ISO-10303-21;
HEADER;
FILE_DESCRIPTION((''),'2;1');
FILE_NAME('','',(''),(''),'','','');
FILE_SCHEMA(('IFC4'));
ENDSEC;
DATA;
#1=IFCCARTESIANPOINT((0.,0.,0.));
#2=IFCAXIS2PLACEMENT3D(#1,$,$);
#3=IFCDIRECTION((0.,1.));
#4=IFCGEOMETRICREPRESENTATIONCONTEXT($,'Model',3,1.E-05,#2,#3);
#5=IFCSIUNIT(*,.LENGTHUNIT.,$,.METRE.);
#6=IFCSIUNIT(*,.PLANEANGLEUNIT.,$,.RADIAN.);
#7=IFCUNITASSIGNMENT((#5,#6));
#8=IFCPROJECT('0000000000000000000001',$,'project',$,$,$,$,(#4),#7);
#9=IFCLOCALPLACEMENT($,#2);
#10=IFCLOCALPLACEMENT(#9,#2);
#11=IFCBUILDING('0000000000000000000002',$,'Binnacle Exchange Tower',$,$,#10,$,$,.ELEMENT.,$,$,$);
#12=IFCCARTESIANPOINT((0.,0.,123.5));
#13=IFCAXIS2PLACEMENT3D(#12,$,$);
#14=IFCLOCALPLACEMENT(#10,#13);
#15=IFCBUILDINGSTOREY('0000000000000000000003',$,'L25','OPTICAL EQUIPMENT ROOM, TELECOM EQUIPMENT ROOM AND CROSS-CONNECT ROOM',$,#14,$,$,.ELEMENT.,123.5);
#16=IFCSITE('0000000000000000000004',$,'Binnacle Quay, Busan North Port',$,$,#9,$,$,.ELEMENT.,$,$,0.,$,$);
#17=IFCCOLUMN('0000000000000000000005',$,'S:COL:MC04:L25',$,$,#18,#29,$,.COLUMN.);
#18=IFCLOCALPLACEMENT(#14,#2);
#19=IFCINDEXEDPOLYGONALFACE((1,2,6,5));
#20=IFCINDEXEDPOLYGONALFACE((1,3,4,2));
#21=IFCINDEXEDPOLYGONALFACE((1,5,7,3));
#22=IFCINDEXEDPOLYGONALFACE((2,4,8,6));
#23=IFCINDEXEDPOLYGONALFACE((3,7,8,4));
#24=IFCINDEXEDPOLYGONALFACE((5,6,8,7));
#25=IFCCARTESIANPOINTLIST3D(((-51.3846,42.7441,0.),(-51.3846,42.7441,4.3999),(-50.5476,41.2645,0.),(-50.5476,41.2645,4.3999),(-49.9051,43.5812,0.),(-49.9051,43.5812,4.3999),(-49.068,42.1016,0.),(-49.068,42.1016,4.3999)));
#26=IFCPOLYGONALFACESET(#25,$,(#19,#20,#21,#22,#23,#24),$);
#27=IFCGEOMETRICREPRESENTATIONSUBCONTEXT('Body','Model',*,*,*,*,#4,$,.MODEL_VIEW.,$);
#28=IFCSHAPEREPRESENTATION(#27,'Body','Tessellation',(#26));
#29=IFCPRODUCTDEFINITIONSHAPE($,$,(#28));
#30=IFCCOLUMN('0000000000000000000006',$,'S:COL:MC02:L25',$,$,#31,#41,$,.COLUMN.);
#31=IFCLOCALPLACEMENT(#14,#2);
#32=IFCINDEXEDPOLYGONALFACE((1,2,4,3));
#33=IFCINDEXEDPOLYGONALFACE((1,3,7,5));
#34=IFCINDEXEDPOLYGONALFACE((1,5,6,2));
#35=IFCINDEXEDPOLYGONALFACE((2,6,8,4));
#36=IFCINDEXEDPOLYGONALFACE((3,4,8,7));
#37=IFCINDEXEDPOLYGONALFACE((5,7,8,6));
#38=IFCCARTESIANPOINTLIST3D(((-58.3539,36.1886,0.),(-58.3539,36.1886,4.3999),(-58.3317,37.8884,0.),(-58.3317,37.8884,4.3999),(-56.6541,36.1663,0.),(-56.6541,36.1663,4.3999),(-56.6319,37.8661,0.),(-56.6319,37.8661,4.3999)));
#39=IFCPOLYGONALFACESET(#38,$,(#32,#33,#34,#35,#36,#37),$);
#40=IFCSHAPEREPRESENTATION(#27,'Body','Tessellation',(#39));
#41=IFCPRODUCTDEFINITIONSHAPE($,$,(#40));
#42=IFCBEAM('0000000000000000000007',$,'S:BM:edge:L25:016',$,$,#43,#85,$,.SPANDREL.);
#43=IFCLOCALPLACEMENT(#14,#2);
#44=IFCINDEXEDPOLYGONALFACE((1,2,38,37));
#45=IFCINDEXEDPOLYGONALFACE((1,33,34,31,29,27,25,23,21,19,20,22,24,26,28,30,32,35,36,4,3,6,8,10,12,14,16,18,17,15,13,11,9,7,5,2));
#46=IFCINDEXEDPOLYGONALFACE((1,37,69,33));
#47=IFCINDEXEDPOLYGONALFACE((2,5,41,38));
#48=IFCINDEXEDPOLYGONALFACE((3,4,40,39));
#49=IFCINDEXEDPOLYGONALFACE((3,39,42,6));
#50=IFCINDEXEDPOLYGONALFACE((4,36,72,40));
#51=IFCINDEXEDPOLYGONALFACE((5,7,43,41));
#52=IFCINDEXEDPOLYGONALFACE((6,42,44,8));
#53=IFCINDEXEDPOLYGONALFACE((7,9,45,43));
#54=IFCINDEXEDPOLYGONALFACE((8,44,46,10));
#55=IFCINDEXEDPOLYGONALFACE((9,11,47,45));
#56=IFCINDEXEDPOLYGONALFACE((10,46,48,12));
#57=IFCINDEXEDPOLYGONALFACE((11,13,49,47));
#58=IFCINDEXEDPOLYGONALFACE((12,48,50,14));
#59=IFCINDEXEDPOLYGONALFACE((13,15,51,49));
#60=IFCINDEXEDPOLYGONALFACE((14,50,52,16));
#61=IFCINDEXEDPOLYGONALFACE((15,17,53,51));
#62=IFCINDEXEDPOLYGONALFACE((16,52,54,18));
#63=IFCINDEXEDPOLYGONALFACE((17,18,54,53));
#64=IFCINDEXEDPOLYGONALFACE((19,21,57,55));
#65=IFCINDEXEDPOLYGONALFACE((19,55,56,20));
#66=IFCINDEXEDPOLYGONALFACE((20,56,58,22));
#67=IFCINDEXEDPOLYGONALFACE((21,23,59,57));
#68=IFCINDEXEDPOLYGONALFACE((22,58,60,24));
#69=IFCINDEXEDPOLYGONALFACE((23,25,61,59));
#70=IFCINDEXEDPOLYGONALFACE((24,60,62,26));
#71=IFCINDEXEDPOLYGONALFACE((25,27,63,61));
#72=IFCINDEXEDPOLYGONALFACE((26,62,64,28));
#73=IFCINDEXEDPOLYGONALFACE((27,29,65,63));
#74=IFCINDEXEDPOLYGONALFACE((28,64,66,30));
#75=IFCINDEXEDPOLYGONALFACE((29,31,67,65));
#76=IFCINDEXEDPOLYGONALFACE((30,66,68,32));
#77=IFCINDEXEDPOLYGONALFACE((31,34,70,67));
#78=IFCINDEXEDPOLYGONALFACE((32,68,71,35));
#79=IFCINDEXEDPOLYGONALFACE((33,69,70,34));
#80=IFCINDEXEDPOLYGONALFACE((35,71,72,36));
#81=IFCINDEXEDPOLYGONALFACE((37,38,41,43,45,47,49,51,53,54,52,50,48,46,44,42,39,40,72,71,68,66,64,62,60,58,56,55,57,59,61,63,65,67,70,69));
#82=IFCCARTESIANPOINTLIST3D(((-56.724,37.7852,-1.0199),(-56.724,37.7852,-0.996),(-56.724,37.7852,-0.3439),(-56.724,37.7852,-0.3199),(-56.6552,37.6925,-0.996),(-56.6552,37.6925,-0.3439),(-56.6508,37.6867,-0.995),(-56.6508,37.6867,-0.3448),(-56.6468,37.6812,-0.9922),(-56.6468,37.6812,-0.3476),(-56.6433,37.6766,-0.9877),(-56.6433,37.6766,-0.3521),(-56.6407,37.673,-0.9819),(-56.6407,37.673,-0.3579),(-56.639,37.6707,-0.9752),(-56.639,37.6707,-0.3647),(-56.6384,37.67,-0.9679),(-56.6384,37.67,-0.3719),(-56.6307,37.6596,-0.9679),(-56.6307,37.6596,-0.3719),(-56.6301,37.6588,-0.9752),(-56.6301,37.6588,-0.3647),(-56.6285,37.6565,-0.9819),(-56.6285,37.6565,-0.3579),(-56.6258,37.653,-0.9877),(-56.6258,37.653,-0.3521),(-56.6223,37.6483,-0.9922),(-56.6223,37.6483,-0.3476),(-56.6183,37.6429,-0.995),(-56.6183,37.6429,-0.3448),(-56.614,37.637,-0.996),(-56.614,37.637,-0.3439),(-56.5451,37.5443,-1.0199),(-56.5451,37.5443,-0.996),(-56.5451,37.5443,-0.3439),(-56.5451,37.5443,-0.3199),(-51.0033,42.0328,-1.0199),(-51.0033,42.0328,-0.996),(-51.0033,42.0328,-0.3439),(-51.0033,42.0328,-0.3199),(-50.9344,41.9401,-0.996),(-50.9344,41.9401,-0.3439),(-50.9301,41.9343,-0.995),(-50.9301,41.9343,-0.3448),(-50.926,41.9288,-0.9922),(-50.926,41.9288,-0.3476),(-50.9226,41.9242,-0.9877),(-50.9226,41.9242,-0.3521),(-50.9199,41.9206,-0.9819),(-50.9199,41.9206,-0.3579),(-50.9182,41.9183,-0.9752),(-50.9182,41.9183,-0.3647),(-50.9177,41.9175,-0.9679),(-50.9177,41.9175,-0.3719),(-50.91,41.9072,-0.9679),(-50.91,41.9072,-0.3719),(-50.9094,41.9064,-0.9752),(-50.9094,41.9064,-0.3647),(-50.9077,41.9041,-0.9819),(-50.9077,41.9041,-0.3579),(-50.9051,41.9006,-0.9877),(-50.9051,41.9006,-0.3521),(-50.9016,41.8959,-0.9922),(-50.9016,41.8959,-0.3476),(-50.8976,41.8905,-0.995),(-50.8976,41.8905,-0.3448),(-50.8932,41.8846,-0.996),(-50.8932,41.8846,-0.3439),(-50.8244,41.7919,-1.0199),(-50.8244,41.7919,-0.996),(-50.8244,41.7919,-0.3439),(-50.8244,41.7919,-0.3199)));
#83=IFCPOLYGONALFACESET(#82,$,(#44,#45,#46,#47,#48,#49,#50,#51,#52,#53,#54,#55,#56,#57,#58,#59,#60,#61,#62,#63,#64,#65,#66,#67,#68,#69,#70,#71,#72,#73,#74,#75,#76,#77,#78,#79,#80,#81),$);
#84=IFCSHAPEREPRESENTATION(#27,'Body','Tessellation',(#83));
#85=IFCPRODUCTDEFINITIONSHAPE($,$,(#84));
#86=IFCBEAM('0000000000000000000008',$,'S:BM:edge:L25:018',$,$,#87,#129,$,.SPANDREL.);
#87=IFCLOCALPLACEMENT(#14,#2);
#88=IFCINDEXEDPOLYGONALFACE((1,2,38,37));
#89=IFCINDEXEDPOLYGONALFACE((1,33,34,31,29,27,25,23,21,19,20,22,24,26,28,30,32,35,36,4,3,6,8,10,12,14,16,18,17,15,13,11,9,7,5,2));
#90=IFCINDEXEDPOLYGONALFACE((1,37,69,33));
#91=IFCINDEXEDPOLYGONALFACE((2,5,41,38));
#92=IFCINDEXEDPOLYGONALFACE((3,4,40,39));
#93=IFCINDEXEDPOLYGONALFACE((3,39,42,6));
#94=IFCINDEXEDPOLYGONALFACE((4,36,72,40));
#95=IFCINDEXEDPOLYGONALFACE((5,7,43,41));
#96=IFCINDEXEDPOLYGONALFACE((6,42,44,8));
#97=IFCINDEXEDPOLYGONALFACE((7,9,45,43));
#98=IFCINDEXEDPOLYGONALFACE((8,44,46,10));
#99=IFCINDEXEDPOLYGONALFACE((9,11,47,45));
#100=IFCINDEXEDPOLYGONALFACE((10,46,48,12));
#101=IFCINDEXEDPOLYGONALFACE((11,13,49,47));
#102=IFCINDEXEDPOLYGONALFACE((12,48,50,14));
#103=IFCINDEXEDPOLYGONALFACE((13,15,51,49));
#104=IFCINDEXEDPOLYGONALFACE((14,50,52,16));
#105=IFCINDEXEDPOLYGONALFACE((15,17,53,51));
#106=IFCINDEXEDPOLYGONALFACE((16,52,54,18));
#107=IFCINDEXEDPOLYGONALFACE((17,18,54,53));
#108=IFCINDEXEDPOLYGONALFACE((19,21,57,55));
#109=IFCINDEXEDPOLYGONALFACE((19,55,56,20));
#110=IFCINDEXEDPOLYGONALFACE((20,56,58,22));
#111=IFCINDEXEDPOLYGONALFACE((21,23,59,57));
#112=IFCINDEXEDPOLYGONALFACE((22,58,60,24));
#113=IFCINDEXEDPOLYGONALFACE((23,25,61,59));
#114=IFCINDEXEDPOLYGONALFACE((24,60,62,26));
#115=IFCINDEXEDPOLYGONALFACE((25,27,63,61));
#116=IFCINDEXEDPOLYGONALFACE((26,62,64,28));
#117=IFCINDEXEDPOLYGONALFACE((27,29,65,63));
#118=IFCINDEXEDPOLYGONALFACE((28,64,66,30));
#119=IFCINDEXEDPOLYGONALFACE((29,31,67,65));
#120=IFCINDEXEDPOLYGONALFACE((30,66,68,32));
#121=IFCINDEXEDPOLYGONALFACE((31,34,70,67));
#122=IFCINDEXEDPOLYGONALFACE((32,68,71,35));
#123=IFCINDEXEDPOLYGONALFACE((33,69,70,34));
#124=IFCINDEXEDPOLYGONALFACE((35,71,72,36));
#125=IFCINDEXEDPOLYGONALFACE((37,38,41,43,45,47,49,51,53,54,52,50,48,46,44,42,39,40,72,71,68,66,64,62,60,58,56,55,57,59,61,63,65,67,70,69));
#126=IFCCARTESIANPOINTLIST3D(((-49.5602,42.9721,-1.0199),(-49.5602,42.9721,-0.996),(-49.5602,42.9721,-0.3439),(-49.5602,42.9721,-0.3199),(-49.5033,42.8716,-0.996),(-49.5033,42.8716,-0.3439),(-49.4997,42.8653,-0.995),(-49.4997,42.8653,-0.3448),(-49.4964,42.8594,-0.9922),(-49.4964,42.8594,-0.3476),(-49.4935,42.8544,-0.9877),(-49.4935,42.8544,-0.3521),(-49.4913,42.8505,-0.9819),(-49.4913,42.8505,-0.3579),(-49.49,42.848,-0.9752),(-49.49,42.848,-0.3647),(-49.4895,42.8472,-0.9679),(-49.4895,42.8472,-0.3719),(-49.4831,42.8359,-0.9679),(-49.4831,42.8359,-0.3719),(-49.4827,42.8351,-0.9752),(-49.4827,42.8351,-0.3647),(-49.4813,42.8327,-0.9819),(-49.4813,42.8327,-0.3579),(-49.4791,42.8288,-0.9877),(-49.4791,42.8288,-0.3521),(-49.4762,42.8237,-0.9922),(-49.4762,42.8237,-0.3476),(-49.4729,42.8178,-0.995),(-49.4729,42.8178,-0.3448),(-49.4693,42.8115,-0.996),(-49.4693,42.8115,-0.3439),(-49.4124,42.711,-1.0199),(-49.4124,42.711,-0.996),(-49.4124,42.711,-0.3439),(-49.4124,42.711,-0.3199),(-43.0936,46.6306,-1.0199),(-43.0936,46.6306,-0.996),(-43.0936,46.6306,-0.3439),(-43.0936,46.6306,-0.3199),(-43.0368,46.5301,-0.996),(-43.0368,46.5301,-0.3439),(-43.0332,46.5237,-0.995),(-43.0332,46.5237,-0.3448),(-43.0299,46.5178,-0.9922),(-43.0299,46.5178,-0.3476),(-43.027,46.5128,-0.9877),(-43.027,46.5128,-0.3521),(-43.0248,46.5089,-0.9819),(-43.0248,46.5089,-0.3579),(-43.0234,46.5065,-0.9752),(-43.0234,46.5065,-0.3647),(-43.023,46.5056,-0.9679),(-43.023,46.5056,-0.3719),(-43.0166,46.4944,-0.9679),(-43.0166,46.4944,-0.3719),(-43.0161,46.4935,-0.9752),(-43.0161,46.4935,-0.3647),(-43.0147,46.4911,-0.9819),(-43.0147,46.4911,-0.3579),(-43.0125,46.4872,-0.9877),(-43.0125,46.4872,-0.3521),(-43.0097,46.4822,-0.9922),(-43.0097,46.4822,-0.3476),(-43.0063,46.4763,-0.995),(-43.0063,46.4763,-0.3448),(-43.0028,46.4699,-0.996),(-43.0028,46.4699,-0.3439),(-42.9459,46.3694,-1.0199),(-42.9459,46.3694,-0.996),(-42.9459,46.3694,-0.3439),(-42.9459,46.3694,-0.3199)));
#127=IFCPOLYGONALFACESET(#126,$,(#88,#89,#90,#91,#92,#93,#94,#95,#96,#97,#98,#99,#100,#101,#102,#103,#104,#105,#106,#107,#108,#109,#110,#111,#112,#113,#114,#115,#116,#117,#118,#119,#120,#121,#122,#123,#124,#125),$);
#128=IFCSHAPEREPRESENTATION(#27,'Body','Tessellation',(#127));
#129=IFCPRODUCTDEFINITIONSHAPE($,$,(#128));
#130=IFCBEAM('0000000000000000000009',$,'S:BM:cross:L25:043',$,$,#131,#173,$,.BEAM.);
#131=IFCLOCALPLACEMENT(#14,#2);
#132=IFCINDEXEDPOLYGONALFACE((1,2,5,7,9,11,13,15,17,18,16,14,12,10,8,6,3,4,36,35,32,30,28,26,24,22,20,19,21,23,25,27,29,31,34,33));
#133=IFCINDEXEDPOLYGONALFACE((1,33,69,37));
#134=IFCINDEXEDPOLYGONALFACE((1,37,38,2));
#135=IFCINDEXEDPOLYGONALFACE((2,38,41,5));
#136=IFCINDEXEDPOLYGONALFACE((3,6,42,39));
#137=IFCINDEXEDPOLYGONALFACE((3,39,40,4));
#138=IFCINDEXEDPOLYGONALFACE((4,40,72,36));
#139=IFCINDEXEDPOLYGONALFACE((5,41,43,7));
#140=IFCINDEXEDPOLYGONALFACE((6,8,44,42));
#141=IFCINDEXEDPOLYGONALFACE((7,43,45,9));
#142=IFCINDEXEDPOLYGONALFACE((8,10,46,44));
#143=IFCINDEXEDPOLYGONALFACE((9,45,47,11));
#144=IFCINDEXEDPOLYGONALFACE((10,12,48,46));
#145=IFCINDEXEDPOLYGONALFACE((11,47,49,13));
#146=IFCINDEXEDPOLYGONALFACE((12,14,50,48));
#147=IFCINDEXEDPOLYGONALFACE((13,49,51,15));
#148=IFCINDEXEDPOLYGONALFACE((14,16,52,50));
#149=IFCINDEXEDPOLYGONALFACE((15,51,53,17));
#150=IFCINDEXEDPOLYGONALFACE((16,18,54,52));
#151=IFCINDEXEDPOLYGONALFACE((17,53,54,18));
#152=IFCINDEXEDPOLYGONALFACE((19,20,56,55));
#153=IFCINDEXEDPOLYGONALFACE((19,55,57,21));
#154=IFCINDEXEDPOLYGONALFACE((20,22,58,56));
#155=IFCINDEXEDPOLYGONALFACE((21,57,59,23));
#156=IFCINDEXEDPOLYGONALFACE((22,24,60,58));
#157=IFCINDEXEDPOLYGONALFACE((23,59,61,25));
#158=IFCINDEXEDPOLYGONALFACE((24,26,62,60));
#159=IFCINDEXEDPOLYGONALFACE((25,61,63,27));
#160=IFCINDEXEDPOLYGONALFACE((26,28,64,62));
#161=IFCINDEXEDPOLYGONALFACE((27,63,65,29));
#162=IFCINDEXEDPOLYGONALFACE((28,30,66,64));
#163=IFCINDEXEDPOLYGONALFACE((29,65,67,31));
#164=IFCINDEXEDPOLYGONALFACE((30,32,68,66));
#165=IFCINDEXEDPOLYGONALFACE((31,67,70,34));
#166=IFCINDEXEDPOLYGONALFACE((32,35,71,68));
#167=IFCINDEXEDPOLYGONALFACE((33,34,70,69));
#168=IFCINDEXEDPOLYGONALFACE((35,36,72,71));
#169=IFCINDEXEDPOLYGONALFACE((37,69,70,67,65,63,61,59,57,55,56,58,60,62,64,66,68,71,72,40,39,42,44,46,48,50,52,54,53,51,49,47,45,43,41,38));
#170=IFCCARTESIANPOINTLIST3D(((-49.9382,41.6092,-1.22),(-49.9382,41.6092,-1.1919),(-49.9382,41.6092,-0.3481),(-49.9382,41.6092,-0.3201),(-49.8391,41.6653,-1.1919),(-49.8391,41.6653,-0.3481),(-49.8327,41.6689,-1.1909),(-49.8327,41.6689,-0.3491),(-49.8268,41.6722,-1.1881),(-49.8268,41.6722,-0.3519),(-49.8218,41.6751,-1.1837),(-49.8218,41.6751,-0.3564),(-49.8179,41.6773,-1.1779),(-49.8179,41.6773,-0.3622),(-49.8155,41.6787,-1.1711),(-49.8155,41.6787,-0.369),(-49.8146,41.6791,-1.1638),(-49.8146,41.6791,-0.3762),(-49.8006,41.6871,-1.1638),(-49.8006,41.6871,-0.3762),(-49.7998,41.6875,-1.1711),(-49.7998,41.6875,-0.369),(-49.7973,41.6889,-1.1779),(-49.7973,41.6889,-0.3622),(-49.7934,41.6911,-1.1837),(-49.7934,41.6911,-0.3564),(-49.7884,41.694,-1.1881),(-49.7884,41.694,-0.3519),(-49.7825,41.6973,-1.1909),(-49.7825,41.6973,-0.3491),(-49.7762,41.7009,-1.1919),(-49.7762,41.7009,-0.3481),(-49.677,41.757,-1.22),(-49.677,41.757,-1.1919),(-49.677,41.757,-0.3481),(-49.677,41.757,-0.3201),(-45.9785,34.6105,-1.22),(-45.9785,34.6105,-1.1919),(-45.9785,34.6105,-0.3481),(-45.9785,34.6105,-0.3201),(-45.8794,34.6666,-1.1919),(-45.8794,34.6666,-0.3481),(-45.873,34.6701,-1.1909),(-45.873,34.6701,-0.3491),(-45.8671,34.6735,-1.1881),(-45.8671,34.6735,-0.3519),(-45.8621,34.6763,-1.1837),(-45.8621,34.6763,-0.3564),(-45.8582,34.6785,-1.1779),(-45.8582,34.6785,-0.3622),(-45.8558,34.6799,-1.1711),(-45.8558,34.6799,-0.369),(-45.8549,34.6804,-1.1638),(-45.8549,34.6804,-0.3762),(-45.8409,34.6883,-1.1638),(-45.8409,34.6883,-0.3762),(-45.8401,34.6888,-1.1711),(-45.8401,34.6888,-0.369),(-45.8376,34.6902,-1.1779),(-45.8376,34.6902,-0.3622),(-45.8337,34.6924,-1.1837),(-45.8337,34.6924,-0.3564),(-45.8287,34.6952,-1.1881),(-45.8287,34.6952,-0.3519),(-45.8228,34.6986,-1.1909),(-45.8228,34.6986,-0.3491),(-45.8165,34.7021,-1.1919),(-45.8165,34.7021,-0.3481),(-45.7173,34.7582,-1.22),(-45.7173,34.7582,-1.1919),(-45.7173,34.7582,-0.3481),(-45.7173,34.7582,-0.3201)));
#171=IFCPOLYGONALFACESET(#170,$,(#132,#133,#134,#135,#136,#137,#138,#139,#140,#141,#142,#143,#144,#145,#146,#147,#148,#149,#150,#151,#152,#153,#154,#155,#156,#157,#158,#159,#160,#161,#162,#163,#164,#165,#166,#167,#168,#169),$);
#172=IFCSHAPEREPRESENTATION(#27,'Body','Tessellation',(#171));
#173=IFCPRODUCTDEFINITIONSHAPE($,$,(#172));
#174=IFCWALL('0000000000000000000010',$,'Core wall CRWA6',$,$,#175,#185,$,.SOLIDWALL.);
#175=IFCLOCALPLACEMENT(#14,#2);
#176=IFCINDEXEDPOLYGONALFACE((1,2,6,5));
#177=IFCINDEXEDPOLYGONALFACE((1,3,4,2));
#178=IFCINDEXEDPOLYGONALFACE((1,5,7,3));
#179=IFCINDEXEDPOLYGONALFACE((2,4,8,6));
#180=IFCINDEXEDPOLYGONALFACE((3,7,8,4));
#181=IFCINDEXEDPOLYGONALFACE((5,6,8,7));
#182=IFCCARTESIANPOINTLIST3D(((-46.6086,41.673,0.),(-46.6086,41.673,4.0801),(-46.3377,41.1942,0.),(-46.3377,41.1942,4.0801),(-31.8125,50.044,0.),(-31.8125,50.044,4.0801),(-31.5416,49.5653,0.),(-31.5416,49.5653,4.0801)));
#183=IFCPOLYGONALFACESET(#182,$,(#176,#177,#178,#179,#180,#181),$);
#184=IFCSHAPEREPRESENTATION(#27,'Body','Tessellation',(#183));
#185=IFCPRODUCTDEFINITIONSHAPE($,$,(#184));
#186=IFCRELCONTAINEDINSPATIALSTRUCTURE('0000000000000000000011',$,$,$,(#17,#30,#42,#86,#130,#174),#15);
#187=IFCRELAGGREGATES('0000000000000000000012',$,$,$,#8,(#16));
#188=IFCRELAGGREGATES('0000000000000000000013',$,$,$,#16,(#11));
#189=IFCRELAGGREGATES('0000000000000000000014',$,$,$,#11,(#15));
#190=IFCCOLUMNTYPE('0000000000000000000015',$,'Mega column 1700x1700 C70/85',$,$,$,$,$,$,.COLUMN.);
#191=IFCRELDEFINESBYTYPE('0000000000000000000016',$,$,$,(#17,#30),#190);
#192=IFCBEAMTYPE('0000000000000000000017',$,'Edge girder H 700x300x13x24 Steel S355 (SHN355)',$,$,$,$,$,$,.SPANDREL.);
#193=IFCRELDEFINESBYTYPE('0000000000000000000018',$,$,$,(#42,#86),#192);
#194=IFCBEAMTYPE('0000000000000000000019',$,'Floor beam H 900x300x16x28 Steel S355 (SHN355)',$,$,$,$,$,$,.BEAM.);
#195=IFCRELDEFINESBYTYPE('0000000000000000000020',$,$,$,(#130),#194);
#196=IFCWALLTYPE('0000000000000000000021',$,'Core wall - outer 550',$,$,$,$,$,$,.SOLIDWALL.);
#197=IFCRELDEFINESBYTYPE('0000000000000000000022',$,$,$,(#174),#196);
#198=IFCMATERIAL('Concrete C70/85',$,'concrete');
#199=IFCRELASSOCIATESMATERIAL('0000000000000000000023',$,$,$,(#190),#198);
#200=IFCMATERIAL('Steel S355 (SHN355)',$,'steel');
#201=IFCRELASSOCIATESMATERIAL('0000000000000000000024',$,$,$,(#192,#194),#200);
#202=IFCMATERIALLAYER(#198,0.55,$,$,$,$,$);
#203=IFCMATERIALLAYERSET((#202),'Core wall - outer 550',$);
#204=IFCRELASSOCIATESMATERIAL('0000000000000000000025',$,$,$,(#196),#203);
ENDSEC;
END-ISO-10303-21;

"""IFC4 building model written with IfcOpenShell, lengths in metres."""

from ifc_helpers import new_model, si_unit, direction, frame, frame_2d, origin, origin_2d, place, context, subcontext, project, spatial, rectangle, i_section, extrude, material, layer, layer_set, material_profile, profile_set, type_object, element, save


model = new_model("IFC4")

# Units and contexts
model_context = context("Model", 3, precision=1e-05, world=origin(), true_north=direction((0.0, 1.0)))
body_context = subcontext(model_context, "Body", "Model", "MODEL_VIEW")
ifc_project = project(units=[si_unit("LENGTHUNIT", "METRE"), si_unit("PLANEANGLEUNIT", "RADIAN")], contexts=[model_context])

# Site, building, storey
site_placement = place(None, origin())
site = spatial("IfcSite", under=ifc_project, at=site_placement, Name="Binnacle Quay, Busan North Port", CompositionType="ELEMENT", RefElevation=0.0)
building_placement = place(site_placement, origin())
building = spatial("IfcBuilding", under=site, at=building_placement, Name="Binnacle Exchange Tower", CompositionType="ELEMENT")
storey_placement = place(building_placement, frame((0.0, 0.0, 123.5)))
storey = spatial("IfcBuildingStorey", under=building, at=storey_placement, Name="L25", Description="OPTICAL EQUIPMENT ROOM, TELECOM EQUIPMENT ROOM AND CROSS-CONNECT ROOM", CompositionType="ELEMENT", Elevation=123.5)

# Columns
ifc_material_1 = material(Name="Concrete C70/85", Category="concrete")
ifc_material_profile_1 = material_profile(ifc_material_1, rectangle(XDim=1.7, YDim=1.7, at=origin_2d()), Name="Mega column 1700x1700 C70/85")
ifc_profile_set_1 = profile_set([ifc_material_profile_1], Name="Concrete C70/85")
column_type = type_object("IfcColumnType", Name="Mega column 1700x1700 C70/85", PredefinedType="COLUMN", material=ifc_profile_set_1)
for number, where, z_axis, x_axis, name in (
    (1, (-50.2263, 42.4229, 0.0), (0.0, 0.0, 1.0), (-0.870356, -0.492424, 0.0), "S:COL:MC04:L25"),
    (2, (-57.4929, 37.0273, 0.0), (0.0, 0.0, 1.0), (-0.01309, -0.999914, 0.0), "S:COL:MC02:L25"),
):
    element("IfcColumn", number, at=place(storey_placement, frame(where, z_axis=z_axis, x_axis=x_axis)), inside=storey, type_object=column_type, Name=name, PredefinedType="COLUMN", context=body_context, shape_type="SweptSolid", body=[
        extrude(rectangle(XDim=1.7, YDim=1.7, at=origin_2d()), origin(), (0.0, 0.0, 1.0), 4.3999),
    ])

# Beams
ifc_material_2 = material(Name="Steel S355 (SHN355)", Category="steel")
ifc_material_profile_2 = material_profile(ifc_material_2, i_section(OverallWidth=0.3, OverallDepth=0.7, WebThickness=0.0129, FlangeThickness=0.0239, FilletRadius=0.0281, at=origin_2d()), Name="H 700x300x13x24")
ifc_profile_set_2 = profile_set([ifc_material_profile_2], Name="Steel S355 (SHN355)")
beam_type_1 = type_object("IfcBeamType", Name="Edge girder H 700x300x13x24 Steel S355 (SHN355)", PredefinedType="SPANDREL", material=ifc_profile_set_2)
beam_1_placement = place(storey_placement, frame((-50.9138, 41.9124, -0.6699), z_axis=(-0.802885, -0.596133, 0.0), x_axis=(0.596133, -0.802885, 0.0)))
element("IfcBeam", 3, at=beam_1_placement, inside=storey, type_object=beam_type_1, Name="S:BM:edge:L25:016", PredefinedType="SPANDREL", context=body_context, shape_type="SweptSolid", body=[
    extrude(i_section(OverallWidth=0.3, OverallDepth=0.7, WebThickness=0.0129, FlangeThickness=0.0239, FilletRadius=0.0281, at=origin_2d()), origin(), (0.0, 0.0, 1.0), 7.1252),
])
beam_2_placement = place(storey_placement, frame((-43.0198, 46.5, -0.6699), z_axis=(-0.870364, -0.492408, 0.0), x_axis=(0.492408, -0.870364, 0.0)))
element("IfcBeam", 4, at=beam_2_placement, inside=storey, type_object=beam_type_1, Name="S:BM:edge:L25:018", PredefinedType="SPANDREL", context=body_context, shape_type="SweptSolid", body=[
    extrude(i_section(OverallWidth=0.3, OverallDepth=0.7, WebThickness=0.0129, FlangeThickness=0.0239, FilletRadius=0.0281, at=origin_2d()), origin(), (0.0, 0.0, 1.0), 7.4297),
])
ifc_material_profile_3 = material_profile(ifc_material_2, i_section(OverallWidth=0.3, OverallDepth=0.8999, WebThickness=0.0161, FlangeThickness=0.0281, FilletRadius=0.0281, at=origin_2d()), Name="H 900x300x16x28")
ifc_profile_set_3 = profile_set([ifc_material_profile_3], Name="Steel S355 (SHN355)")
beam_type_2 = type_object("IfcBeamType", Name="Floor beam H 900x300x16x28 Steel S355 (SHN355)", PredefinedType="BEAM", material=ifc_profile_set_3)
beam_3_placement = place(storey_placement, frame((-49.8076, 41.6831, -0.77), z_axis=(0.492423, -0.870356, 0.0), x_axis=(0.870356, 0.492423, 0.0)))
element("IfcBeam", 5, at=beam_3_placement, inside=storey, type_object=beam_type_2, Name="S:BM:cross:L25:043", PredefinedType="BEAM", context=body_context, shape_type="SweptSolid", body=[
    extrude(i_section(OverallWidth=0.3, OverallDepth=0.8999, WebThickness=0.0161, FlangeThickness=0.0281, FilletRadius=0.0281, at=origin_2d()), origin(), (0.0, 0.0, 1.0), 8.0413),
])

# Wall
ifc_layer_1 = layer(ifc_material_1, 0.55)
ifc_layer_set_1 = layer_set([ifc_layer_1], Name="Core wall - outer 550")
wall_type_1 = type_object("IfcWallType", Name="Core wall - outer 550", PredefinedType="SOLIDWALL", material=ifc_layer_set_1)
wall_1_placement = place(storey_placement, frame((-46.4731, 41.4336, 0.0), z_axis=(0.0, 0.0, 1.0), x_axis=(0.87036, 0.492416, 0.0)))
element("IfcWall", 6, at=wall_1_placement, inside=storey, type_object=wall_type_1, Name="Core wall CRWA6", PredefinedType="SOLIDWALL", context=body_context, shape_type="SweptSolid", body=[
    extrude(rectangle(XDim=17.0, YDim=0.55, at=frame_2d((8.5, 0.0))), origin(), (0.0, 0.0, 1.0), 4.0801),
])

save(model, "model.ifc")
